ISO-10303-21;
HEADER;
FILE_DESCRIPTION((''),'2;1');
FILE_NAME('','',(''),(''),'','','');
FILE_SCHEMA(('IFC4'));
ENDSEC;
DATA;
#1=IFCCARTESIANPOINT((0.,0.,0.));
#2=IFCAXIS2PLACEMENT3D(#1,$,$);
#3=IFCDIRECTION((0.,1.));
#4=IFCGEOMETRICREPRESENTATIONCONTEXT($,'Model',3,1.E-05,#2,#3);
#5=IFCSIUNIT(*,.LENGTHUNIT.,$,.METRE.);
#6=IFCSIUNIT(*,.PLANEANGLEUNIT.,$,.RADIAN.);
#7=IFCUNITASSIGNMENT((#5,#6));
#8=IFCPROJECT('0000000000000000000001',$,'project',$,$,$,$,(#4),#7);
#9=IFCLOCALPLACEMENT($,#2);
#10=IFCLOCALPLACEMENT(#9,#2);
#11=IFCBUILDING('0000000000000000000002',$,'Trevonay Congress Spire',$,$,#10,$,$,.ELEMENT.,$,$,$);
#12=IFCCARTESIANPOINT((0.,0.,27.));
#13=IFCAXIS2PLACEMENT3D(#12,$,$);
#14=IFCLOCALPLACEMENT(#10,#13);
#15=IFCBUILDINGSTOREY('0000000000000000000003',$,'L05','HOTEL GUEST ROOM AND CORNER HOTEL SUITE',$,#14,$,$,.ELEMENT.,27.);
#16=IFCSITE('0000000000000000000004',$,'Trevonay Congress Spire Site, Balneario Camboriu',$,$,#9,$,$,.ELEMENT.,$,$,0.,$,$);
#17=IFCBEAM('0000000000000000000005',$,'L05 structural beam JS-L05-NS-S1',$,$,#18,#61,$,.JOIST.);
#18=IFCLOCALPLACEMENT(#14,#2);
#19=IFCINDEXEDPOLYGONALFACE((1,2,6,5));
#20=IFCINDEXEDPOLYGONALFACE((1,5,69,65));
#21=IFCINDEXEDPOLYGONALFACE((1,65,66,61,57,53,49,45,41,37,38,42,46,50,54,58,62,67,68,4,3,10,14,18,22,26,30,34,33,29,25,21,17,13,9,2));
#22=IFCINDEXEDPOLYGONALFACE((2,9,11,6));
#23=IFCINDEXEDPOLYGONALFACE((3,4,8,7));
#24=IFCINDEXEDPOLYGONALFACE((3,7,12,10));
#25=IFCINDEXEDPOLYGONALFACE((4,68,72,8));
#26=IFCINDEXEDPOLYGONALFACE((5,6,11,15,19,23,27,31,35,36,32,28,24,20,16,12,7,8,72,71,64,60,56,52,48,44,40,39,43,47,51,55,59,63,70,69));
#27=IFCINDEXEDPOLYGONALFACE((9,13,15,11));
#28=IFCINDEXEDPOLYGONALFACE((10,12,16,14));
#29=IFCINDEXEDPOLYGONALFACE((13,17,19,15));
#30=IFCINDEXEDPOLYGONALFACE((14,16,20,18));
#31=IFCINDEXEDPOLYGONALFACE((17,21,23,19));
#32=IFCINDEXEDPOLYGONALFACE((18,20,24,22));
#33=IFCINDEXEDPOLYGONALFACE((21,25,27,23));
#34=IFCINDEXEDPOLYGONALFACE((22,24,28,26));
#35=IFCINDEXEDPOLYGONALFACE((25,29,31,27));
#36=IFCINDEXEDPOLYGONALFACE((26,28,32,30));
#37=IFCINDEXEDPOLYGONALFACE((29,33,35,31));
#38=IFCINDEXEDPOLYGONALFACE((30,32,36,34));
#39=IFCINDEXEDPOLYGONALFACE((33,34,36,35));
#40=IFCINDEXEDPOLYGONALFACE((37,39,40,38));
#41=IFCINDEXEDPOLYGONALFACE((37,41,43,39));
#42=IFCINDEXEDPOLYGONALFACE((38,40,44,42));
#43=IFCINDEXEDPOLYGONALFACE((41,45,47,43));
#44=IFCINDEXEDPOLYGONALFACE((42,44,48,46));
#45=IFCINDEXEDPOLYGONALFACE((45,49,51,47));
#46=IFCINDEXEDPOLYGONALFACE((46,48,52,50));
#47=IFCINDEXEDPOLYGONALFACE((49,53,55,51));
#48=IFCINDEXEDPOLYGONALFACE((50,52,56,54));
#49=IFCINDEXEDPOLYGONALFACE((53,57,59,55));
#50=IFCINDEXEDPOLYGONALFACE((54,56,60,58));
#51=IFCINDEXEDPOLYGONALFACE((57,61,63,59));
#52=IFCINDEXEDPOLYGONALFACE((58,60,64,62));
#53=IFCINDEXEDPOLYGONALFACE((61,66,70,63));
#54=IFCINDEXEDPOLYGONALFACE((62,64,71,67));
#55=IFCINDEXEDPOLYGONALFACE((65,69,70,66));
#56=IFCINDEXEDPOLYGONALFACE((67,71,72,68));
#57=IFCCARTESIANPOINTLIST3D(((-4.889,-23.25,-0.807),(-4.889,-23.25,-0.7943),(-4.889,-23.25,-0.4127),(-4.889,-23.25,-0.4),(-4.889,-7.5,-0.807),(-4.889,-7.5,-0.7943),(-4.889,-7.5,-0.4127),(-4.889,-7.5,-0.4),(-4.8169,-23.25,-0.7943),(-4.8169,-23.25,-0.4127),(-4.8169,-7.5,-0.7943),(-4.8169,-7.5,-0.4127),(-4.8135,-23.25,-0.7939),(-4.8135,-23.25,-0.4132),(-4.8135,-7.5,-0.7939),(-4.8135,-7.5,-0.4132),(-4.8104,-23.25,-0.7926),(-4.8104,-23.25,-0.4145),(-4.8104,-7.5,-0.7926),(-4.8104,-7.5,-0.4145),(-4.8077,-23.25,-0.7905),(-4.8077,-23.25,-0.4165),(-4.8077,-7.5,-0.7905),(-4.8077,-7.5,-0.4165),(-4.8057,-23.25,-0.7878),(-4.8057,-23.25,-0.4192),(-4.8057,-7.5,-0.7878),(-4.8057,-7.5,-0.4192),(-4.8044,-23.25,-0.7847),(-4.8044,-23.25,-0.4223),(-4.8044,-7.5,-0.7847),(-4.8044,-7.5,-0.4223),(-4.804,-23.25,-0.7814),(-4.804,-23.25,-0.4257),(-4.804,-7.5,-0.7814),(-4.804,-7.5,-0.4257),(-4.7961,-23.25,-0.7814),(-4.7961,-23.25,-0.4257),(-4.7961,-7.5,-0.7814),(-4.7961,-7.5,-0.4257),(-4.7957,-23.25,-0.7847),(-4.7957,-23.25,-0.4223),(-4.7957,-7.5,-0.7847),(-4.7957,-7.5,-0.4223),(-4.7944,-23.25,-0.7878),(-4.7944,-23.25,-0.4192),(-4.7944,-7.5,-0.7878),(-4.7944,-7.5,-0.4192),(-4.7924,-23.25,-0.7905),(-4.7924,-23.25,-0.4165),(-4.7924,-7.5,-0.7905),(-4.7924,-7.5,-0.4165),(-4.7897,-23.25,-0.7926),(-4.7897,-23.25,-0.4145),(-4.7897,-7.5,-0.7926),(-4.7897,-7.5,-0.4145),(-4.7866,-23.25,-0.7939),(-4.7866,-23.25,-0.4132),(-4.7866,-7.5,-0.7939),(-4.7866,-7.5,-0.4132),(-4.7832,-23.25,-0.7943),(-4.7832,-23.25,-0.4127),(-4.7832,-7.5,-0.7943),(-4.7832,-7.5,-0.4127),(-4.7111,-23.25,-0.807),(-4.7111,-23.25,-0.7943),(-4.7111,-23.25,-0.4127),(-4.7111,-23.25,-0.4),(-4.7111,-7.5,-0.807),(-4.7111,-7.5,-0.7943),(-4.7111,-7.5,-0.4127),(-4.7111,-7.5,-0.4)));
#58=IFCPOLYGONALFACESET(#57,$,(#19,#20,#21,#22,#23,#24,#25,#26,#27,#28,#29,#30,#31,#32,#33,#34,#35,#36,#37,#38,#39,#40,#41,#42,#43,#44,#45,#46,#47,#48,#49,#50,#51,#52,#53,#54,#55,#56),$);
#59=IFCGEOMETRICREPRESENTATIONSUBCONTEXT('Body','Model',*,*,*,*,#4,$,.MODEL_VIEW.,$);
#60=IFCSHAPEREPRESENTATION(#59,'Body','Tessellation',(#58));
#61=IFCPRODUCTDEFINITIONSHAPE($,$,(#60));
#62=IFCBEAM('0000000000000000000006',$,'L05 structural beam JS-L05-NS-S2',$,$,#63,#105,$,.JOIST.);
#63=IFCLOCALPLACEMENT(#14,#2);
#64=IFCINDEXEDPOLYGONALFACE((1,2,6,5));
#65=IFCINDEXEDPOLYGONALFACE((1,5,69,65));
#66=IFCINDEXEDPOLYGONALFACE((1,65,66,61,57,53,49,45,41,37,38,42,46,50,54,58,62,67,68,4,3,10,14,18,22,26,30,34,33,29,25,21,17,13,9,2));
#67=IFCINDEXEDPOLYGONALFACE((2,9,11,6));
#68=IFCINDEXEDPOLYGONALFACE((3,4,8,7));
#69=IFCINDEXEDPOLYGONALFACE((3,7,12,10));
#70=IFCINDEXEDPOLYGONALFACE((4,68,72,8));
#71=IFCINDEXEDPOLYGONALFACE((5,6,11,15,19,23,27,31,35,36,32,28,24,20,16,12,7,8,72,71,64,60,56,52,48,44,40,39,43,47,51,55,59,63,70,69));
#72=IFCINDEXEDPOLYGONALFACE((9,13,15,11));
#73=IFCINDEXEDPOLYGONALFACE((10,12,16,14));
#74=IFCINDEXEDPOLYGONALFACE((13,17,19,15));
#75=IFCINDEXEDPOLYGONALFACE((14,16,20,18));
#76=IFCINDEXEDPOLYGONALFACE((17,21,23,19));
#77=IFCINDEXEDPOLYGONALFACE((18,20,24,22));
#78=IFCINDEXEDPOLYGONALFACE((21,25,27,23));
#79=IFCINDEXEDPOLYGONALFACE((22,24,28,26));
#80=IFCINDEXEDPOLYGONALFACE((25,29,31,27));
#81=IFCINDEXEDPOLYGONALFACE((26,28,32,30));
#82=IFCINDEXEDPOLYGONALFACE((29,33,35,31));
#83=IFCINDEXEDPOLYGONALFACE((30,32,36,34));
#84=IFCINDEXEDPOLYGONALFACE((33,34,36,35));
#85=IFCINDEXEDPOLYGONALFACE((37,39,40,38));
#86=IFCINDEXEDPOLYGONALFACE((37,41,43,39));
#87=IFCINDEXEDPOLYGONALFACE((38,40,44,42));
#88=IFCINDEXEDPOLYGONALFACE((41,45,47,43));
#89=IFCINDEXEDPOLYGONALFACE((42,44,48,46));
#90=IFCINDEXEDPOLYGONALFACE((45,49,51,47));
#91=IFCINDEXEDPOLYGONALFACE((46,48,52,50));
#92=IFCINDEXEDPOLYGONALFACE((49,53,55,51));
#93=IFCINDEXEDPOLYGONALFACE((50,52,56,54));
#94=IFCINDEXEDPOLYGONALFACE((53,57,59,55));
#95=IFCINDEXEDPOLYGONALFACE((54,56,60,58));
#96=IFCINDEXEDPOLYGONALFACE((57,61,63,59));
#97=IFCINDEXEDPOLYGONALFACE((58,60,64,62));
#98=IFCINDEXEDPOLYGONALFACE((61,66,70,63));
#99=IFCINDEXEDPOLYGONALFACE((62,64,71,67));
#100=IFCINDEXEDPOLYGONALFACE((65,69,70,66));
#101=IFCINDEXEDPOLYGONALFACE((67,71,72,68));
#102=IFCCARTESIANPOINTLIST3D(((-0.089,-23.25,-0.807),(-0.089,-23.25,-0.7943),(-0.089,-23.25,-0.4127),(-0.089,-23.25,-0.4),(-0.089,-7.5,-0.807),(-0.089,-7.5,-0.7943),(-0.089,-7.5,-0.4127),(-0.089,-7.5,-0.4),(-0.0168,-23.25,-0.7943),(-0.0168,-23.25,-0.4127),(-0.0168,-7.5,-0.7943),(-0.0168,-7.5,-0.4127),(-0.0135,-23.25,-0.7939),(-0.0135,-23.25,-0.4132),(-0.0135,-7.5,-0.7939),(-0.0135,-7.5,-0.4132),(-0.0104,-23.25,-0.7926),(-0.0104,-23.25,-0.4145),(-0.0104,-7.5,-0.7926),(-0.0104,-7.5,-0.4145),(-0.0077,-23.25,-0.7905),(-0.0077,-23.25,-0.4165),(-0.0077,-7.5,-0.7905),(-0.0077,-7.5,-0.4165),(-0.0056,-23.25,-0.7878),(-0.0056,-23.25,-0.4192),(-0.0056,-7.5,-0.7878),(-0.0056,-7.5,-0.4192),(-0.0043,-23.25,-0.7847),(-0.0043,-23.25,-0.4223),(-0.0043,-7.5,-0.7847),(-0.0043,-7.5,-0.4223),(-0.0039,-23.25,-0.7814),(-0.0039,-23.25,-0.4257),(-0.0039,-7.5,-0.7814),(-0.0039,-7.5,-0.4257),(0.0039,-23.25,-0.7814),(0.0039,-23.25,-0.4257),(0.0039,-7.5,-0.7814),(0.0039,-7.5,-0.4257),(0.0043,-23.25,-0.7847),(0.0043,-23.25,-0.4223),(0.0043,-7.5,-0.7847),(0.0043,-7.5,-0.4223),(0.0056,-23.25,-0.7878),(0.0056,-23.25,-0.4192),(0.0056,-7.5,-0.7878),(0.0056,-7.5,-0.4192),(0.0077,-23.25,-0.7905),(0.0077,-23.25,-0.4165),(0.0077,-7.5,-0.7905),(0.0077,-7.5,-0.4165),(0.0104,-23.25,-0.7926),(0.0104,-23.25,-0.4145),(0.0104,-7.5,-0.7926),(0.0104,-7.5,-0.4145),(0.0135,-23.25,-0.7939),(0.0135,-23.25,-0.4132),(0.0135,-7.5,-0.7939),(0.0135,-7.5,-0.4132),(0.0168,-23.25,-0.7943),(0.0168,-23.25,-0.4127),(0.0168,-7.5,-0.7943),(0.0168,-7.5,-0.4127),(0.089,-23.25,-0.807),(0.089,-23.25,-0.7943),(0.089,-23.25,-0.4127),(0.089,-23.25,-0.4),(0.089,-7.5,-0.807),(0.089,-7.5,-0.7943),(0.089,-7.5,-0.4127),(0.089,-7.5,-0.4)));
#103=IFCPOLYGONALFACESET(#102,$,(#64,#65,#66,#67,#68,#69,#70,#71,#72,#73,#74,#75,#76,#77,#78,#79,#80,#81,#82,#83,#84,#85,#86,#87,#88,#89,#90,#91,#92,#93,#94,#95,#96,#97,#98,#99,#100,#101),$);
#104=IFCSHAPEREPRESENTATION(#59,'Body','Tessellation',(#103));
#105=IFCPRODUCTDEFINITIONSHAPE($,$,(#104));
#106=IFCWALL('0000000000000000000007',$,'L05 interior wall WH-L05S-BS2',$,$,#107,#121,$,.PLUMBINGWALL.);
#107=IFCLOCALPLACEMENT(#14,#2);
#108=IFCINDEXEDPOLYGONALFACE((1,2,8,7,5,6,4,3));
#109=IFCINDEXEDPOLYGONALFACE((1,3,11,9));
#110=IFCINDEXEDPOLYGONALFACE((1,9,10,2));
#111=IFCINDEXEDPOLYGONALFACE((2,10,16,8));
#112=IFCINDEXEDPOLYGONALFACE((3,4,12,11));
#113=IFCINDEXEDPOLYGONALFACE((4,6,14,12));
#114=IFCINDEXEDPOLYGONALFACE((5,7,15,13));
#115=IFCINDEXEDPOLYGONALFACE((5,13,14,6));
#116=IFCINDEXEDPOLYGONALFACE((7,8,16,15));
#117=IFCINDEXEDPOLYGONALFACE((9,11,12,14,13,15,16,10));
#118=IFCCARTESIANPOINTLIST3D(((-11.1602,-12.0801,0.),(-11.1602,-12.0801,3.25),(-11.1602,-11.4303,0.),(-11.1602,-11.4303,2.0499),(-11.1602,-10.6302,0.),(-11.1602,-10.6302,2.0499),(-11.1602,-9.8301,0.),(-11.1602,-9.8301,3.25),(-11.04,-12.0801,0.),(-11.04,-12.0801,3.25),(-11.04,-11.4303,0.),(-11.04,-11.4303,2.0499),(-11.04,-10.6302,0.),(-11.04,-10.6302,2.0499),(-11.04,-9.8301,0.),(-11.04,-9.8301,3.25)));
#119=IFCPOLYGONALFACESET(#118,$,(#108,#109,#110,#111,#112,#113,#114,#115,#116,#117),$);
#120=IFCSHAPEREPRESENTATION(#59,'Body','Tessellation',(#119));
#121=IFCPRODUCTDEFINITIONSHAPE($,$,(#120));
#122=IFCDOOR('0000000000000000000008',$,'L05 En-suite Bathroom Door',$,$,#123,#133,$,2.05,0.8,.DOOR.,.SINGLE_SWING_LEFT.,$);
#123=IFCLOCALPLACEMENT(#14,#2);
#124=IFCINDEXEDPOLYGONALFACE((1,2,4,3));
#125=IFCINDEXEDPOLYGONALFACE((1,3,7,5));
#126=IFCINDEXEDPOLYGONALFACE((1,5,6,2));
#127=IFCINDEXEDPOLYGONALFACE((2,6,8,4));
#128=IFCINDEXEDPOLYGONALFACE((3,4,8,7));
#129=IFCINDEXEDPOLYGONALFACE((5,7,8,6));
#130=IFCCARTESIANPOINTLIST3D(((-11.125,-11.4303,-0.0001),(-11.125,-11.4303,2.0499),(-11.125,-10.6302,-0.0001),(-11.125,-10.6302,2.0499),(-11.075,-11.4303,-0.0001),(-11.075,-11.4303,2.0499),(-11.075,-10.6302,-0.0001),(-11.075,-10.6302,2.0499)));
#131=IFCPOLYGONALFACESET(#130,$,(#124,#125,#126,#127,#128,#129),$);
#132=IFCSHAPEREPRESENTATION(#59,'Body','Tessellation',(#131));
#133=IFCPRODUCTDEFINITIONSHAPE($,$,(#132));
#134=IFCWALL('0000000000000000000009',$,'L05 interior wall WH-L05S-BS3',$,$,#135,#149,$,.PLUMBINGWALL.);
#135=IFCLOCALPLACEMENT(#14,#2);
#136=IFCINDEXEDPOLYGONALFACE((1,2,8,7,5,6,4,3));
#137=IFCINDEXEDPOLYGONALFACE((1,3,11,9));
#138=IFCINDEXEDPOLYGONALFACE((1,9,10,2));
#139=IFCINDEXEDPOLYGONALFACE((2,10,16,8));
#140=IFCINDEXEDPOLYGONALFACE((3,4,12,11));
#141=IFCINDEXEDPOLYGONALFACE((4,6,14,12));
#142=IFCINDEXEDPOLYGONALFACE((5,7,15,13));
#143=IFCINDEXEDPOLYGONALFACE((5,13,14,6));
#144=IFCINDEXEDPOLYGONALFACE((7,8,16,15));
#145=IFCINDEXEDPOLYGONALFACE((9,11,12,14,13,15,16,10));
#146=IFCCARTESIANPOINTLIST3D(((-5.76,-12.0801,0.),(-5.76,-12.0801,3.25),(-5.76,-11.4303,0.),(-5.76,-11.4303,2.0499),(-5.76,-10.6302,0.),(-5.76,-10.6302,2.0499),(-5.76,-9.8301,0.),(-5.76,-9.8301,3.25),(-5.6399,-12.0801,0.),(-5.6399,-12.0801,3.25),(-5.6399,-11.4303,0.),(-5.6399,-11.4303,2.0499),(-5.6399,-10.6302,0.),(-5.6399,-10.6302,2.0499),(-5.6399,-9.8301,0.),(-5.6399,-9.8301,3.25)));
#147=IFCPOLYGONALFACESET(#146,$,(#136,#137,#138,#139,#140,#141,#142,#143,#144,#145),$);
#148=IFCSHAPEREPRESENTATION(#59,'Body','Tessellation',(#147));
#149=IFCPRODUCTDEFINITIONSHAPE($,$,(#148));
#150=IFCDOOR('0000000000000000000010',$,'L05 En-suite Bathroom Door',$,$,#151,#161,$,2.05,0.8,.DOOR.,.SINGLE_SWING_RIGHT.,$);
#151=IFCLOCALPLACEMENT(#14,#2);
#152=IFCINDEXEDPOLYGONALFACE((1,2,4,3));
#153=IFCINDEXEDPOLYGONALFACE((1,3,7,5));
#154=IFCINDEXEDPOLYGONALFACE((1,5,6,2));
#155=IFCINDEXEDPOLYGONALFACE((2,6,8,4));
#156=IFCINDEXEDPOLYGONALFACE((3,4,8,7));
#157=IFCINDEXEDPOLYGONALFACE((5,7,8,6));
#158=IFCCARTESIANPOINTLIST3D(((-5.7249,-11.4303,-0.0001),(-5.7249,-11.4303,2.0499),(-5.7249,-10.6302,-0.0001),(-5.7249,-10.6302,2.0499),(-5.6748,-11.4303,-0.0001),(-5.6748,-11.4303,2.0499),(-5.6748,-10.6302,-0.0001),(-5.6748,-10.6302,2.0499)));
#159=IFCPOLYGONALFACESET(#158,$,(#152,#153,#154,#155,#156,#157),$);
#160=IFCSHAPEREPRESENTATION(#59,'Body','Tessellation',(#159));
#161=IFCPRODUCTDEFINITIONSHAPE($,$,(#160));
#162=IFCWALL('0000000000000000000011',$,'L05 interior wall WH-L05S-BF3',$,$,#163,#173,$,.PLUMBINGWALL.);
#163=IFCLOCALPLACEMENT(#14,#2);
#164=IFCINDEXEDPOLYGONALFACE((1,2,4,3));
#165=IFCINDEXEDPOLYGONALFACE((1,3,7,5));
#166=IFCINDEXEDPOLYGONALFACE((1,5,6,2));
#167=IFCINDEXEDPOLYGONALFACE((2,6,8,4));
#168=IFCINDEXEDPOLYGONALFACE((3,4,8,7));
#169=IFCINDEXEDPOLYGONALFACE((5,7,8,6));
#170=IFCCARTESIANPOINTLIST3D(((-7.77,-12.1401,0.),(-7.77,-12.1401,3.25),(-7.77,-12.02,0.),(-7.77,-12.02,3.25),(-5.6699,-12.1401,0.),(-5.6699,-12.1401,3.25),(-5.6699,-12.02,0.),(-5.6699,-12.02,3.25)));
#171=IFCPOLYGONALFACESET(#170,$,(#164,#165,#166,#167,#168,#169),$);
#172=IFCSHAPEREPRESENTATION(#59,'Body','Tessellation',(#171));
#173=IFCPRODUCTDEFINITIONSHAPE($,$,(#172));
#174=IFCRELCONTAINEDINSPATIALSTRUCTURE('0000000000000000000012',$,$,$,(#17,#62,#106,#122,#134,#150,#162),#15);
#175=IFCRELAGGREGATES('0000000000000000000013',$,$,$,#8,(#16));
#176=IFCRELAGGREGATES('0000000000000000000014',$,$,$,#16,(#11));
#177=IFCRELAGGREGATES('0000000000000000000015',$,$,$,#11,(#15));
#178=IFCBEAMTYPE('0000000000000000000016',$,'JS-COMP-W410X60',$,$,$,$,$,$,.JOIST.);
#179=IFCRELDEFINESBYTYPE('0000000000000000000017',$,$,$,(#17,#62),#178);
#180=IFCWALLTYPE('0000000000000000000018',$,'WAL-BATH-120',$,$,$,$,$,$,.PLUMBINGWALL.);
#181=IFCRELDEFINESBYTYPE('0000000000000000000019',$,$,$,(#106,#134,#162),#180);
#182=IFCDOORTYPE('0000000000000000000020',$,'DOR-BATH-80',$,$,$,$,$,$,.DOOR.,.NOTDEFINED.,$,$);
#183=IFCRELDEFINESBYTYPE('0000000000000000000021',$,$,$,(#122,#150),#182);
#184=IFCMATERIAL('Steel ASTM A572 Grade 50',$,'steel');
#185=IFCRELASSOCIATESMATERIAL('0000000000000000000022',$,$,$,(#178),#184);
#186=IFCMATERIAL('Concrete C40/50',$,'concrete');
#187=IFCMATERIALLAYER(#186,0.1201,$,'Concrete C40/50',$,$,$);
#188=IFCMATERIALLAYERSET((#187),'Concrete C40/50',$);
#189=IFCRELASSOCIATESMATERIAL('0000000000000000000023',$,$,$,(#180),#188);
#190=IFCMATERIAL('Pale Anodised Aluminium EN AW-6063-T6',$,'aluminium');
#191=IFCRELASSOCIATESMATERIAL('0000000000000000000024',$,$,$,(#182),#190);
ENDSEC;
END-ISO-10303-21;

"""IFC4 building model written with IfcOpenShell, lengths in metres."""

from ifc_helpers import new_model, si_unit, direction, frame, frame_2d, origin, origin_2d, place, context, subcontext, project, spatial, rectangle, i_section, extrude, material, layer, layer_set, material_profile, profile_set, type_object, element, fill, save


model = new_model("IFC4")

# Units and contexts
model_context = context("Model", 3, precision=1e-05, world=origin(), true_north=direction((0.0, 1.0)))
body_context = subcontext(model_context, "Body", "Model", "MODEL_VIEW")
ifc_project = project(units=[si_unit("LENGTHUNIT", "METRE"), si_unit("PLANEANGLEUNIT", "RADIAN")], contexts=[model_context])

# Site, building, storey
site_placement = place(None, origin())
site = spatial("IfcSite", under=ifc_project, at=site_placement, Name="Trevonay Congress Spire Site, Balneario Camboriu", CompositionType="ELEMENT", RefElevation=0.0)
building_placement = place(site_placement, origin())
building = spatial("IfcBuilding", under=site, at=building_placement, Name="Trevonay Congress Spire", CompositionType="ELEMENT")
storey_placement = place(building_placement, frame((0.0, 0.0, 27.0)))
storey = spatial("IfcBuildingStorey", under=building, at=storey_placement, Name="L05", Description="HOTEL GUEST ROOM AND CORNER HOTEL SUITE", CompositionType="ELEMENT", Elevation=27.0)

# Shared definitions
ifc_material_1 = material(Name="Steel ASTM A572 Grade 50", Category="steel")

# Beams
ifc_material_profile_1 = material_profile(ifc_material_1, i_section(OverallWidth=0.178, OverallDepth=0.407, WebThickness=0.0078, FlangeThickness=0.0127, FilletRadius=0.0129, at=origin_2d()), Name="W410x60")
ifc_profile_set_1 = profile_set([ifc_material_profile_1], Name="Steel ASTM A572 Grade 50")
beam_type_1 = type_object("IfcBeamType", Name="JS-COMP-W410X60", PredefinedType="JOIST", material=ifc_profile_set_1)
for number, where, z_axis, x_axis, name in (
    (1, (-4.8, -23.25, -0.6035), (0.0, 1.0, 0.0), (-1.0, 0.0, 0.0), "L05 structural beam JS-L05-NS-S1"),
    (2, (0.0, -23.25, -0.6035), (0.0, 1.0, 0.0), (-1.0, 0.0, 0.0), "L05 structural beam JS-L05-NS-S2"),
):
    element("IfcBeam", number, at=place(storey_placement, frame(where, z_axis=z_axis, x_axis=x_axis)), inside=storey, type_object=beam_type_1, Name=name, PredefinedType="JOIST", context=body_context, shape_type="SweptSolid", body=[
        extrude(i_section(OverallWidth=0.178, OverallDepth=0.407, WebThickness=0.0078, FlangeThickness=0.0127, FilletRadius=0.0129, at=origin_2d()), origin(), (0.0, 0.0, 1.0), 15.75),
    ])

# Walls, openings, doors
ifc_material_2 = material(Name="Concrete C40/50", Category="concrete")
ifc_layer_1 = layer(ifc_material_2, 0.1201, Name="Concrete C40/50")
ifc_layer_set_1 = layer_set([ifc_layer_1], Name="Concrete C40/50")
wall_type_1 = type_object("IfcWallType", Name="WAL-BATH-120", PredefinedType="PLUMBINGWALL", material=ifc_layer_set_1)
wall_1_placement = place(storey_placement, frame((-11.1001, -12.0801, 0.0), z_axis=(0.0, 0.0, 1.0), x_axis=(0.0, 1.0, 0.0)))
wall_1 = element("IfcWall", 3, at=wall_1_placement, inside=storey, type_object=wall_type_1, Name="L05 interior wall WH-L05S-BS2", PredefinedType="PLUMBINGWALL", context=body_context, shape_type="SweptSolid", body=[
    extrude(rectangle(XDim=2.25, YDim=0.1201, at=frame_2d((1.125, 0.0))), origin(), (0.0, 0.0, 1.0), 3.25),
])
opening_1_placement = place(wall_1_placement, frame((0.6499, 0.0, 0.0)))
opening_1 = element("IfcOpeningElement", 4, at=opening_1_placement, cuts=wall_1, PredefinedType="OPENING", context=body_context, shape_type="SweptSolid", body=[
    extrude(rectangle(XDim=0.8, YDim=2.05, at=frame_2d((0.3999, 1.0249))), frame((0.0, 0.0701, 0.0), z_axis=(0.0, -1.0, 0.0), x_axis=(1.0, 0.0, 0.0)), (0.0, 0.0, 1.0), 0.1401),
])
ifc_material_3 = material(Name="Pale Anodised Aluminium EN AW-6063-T6", Category="aluminium")
door_type_1 = type_object("IfcDoorType", Name="DOR-BATH-80", OperationType="NOTDEFINED", PredefinedType="DOOR", material=ifc_material_3)
door_1_placement = place(opening_1_placement, origin())
door_1 = element("IfcDoor", 5, at=door_1_placement, inside=storey, type_object=door_type_1, Name="L05 En-suite Bathroom Door", OperationType="SINGLE_SWING_LEFT", OverallHeight=2.05, OverallWidth=0.8, PredefinedType="DOOR", context=body_context, shape_type="SweptSolid", body=[
    extrude(rectangle(XDim=0.8, YDim=2.05, at=frame_2d((0.3999, 1.0249))), frame((0.0, 0.0249, 0.0), z_axis=(0.0, -1.0, 0.0), x_axis=(1.0, 0.0, 0.0)), (0.0, 0.0, 1.0), 0.05),
])
fill(opening_1, door_1)
wall_2_placement = place(storey_placement, frame((-5.7, -12.0801, 0.0), z_axis=(0.0, 0.0, 1.0), x_axis=(0.0, 1.0, 0.0)))
wall_2 = element("IfcWall", 6, at=wall_2_placement, inside=storey, type_object=wall_type_1, Name="L05 interior wall WH-L05S-BS3", PredefinedType="PLUMBINGWALL", context=body_context, shape_type="SweptSolid", body=[
    extrude(rectangle(XDim=2.25, YDim=0.1201, at=frame_2d((1.125, 0.0))), origin(), (0.0, 0.0, 1.0), 3.25),
])
opening_2_placement = place(wall_2_placement, frame((0.6499, 0.0, 0.0)))
opening_2 = element("IfcOpeningElement", 7, at=opening_2_placement, cuts=wall_2, PredefinedType="OPENING", context=body_context, shape_type="SweptSolid", body=[
    extrude(rectangle(XDim=0.8, YDim=2.05, at=frame_2d((0.3999, 1.0249))), frame((0.0, 0.0701, 0.0), z_axis=(0.0, -1.0, 0.0), x_axis=(1.0, 0.0, 0.0)), (0.0, 0.0, 1.0), 0.1401),
])
door_2_placement = place(opening_2_placement, origin())
door_2 = element("IfcDoor", 8, at=door_2_placement, inside=storey, type_object=door_type_1, Name="L05 En-suite Bathroom Door", OperationType="SINGLE_SWING_RIGHT", OverallHeight=2.05, OverallWidth=0.8, PredefinedType="DOOR", context=body_context, shape_type="SweptSolid", body=[
    extrude(rectangle(XDim=0.8, YDim=2.05, at=frame_2d((0.3999, 1.0249))), frame((0.0, 0.0249, 0.0), z_axis=(0.0, -1.0, 0.0), x_axis=(1.0, 0.0, 0.0)), (0.0, 0.0, 1.0), 0.05),
])
fill(opening_2, door_2)

# Wall
wall_3_placement = place(storey_placement, frame((-7.77, -12.0801, 0.0), z_axis=(0.0, 0.0, 1.0), x_axis=(1.0, 0.0, 0.0)))
element("IfcWall", 9, at=wall_3_placement, inside=storey, type_object=wall_type_1, Name="L05 interior wall WH-L05S-BF3", PredefinedType="PLUMBINGWALL", context=body_context, shape_type="SweptSolid", body=[
    extrude(rectangle(XDim=2.1001, YDim=0.1201, at=frame_2d((1.05, 0.0))), origin(), (0.0, 0.0, 1.0), 3.25),
])

save(model, "model.ifc")
